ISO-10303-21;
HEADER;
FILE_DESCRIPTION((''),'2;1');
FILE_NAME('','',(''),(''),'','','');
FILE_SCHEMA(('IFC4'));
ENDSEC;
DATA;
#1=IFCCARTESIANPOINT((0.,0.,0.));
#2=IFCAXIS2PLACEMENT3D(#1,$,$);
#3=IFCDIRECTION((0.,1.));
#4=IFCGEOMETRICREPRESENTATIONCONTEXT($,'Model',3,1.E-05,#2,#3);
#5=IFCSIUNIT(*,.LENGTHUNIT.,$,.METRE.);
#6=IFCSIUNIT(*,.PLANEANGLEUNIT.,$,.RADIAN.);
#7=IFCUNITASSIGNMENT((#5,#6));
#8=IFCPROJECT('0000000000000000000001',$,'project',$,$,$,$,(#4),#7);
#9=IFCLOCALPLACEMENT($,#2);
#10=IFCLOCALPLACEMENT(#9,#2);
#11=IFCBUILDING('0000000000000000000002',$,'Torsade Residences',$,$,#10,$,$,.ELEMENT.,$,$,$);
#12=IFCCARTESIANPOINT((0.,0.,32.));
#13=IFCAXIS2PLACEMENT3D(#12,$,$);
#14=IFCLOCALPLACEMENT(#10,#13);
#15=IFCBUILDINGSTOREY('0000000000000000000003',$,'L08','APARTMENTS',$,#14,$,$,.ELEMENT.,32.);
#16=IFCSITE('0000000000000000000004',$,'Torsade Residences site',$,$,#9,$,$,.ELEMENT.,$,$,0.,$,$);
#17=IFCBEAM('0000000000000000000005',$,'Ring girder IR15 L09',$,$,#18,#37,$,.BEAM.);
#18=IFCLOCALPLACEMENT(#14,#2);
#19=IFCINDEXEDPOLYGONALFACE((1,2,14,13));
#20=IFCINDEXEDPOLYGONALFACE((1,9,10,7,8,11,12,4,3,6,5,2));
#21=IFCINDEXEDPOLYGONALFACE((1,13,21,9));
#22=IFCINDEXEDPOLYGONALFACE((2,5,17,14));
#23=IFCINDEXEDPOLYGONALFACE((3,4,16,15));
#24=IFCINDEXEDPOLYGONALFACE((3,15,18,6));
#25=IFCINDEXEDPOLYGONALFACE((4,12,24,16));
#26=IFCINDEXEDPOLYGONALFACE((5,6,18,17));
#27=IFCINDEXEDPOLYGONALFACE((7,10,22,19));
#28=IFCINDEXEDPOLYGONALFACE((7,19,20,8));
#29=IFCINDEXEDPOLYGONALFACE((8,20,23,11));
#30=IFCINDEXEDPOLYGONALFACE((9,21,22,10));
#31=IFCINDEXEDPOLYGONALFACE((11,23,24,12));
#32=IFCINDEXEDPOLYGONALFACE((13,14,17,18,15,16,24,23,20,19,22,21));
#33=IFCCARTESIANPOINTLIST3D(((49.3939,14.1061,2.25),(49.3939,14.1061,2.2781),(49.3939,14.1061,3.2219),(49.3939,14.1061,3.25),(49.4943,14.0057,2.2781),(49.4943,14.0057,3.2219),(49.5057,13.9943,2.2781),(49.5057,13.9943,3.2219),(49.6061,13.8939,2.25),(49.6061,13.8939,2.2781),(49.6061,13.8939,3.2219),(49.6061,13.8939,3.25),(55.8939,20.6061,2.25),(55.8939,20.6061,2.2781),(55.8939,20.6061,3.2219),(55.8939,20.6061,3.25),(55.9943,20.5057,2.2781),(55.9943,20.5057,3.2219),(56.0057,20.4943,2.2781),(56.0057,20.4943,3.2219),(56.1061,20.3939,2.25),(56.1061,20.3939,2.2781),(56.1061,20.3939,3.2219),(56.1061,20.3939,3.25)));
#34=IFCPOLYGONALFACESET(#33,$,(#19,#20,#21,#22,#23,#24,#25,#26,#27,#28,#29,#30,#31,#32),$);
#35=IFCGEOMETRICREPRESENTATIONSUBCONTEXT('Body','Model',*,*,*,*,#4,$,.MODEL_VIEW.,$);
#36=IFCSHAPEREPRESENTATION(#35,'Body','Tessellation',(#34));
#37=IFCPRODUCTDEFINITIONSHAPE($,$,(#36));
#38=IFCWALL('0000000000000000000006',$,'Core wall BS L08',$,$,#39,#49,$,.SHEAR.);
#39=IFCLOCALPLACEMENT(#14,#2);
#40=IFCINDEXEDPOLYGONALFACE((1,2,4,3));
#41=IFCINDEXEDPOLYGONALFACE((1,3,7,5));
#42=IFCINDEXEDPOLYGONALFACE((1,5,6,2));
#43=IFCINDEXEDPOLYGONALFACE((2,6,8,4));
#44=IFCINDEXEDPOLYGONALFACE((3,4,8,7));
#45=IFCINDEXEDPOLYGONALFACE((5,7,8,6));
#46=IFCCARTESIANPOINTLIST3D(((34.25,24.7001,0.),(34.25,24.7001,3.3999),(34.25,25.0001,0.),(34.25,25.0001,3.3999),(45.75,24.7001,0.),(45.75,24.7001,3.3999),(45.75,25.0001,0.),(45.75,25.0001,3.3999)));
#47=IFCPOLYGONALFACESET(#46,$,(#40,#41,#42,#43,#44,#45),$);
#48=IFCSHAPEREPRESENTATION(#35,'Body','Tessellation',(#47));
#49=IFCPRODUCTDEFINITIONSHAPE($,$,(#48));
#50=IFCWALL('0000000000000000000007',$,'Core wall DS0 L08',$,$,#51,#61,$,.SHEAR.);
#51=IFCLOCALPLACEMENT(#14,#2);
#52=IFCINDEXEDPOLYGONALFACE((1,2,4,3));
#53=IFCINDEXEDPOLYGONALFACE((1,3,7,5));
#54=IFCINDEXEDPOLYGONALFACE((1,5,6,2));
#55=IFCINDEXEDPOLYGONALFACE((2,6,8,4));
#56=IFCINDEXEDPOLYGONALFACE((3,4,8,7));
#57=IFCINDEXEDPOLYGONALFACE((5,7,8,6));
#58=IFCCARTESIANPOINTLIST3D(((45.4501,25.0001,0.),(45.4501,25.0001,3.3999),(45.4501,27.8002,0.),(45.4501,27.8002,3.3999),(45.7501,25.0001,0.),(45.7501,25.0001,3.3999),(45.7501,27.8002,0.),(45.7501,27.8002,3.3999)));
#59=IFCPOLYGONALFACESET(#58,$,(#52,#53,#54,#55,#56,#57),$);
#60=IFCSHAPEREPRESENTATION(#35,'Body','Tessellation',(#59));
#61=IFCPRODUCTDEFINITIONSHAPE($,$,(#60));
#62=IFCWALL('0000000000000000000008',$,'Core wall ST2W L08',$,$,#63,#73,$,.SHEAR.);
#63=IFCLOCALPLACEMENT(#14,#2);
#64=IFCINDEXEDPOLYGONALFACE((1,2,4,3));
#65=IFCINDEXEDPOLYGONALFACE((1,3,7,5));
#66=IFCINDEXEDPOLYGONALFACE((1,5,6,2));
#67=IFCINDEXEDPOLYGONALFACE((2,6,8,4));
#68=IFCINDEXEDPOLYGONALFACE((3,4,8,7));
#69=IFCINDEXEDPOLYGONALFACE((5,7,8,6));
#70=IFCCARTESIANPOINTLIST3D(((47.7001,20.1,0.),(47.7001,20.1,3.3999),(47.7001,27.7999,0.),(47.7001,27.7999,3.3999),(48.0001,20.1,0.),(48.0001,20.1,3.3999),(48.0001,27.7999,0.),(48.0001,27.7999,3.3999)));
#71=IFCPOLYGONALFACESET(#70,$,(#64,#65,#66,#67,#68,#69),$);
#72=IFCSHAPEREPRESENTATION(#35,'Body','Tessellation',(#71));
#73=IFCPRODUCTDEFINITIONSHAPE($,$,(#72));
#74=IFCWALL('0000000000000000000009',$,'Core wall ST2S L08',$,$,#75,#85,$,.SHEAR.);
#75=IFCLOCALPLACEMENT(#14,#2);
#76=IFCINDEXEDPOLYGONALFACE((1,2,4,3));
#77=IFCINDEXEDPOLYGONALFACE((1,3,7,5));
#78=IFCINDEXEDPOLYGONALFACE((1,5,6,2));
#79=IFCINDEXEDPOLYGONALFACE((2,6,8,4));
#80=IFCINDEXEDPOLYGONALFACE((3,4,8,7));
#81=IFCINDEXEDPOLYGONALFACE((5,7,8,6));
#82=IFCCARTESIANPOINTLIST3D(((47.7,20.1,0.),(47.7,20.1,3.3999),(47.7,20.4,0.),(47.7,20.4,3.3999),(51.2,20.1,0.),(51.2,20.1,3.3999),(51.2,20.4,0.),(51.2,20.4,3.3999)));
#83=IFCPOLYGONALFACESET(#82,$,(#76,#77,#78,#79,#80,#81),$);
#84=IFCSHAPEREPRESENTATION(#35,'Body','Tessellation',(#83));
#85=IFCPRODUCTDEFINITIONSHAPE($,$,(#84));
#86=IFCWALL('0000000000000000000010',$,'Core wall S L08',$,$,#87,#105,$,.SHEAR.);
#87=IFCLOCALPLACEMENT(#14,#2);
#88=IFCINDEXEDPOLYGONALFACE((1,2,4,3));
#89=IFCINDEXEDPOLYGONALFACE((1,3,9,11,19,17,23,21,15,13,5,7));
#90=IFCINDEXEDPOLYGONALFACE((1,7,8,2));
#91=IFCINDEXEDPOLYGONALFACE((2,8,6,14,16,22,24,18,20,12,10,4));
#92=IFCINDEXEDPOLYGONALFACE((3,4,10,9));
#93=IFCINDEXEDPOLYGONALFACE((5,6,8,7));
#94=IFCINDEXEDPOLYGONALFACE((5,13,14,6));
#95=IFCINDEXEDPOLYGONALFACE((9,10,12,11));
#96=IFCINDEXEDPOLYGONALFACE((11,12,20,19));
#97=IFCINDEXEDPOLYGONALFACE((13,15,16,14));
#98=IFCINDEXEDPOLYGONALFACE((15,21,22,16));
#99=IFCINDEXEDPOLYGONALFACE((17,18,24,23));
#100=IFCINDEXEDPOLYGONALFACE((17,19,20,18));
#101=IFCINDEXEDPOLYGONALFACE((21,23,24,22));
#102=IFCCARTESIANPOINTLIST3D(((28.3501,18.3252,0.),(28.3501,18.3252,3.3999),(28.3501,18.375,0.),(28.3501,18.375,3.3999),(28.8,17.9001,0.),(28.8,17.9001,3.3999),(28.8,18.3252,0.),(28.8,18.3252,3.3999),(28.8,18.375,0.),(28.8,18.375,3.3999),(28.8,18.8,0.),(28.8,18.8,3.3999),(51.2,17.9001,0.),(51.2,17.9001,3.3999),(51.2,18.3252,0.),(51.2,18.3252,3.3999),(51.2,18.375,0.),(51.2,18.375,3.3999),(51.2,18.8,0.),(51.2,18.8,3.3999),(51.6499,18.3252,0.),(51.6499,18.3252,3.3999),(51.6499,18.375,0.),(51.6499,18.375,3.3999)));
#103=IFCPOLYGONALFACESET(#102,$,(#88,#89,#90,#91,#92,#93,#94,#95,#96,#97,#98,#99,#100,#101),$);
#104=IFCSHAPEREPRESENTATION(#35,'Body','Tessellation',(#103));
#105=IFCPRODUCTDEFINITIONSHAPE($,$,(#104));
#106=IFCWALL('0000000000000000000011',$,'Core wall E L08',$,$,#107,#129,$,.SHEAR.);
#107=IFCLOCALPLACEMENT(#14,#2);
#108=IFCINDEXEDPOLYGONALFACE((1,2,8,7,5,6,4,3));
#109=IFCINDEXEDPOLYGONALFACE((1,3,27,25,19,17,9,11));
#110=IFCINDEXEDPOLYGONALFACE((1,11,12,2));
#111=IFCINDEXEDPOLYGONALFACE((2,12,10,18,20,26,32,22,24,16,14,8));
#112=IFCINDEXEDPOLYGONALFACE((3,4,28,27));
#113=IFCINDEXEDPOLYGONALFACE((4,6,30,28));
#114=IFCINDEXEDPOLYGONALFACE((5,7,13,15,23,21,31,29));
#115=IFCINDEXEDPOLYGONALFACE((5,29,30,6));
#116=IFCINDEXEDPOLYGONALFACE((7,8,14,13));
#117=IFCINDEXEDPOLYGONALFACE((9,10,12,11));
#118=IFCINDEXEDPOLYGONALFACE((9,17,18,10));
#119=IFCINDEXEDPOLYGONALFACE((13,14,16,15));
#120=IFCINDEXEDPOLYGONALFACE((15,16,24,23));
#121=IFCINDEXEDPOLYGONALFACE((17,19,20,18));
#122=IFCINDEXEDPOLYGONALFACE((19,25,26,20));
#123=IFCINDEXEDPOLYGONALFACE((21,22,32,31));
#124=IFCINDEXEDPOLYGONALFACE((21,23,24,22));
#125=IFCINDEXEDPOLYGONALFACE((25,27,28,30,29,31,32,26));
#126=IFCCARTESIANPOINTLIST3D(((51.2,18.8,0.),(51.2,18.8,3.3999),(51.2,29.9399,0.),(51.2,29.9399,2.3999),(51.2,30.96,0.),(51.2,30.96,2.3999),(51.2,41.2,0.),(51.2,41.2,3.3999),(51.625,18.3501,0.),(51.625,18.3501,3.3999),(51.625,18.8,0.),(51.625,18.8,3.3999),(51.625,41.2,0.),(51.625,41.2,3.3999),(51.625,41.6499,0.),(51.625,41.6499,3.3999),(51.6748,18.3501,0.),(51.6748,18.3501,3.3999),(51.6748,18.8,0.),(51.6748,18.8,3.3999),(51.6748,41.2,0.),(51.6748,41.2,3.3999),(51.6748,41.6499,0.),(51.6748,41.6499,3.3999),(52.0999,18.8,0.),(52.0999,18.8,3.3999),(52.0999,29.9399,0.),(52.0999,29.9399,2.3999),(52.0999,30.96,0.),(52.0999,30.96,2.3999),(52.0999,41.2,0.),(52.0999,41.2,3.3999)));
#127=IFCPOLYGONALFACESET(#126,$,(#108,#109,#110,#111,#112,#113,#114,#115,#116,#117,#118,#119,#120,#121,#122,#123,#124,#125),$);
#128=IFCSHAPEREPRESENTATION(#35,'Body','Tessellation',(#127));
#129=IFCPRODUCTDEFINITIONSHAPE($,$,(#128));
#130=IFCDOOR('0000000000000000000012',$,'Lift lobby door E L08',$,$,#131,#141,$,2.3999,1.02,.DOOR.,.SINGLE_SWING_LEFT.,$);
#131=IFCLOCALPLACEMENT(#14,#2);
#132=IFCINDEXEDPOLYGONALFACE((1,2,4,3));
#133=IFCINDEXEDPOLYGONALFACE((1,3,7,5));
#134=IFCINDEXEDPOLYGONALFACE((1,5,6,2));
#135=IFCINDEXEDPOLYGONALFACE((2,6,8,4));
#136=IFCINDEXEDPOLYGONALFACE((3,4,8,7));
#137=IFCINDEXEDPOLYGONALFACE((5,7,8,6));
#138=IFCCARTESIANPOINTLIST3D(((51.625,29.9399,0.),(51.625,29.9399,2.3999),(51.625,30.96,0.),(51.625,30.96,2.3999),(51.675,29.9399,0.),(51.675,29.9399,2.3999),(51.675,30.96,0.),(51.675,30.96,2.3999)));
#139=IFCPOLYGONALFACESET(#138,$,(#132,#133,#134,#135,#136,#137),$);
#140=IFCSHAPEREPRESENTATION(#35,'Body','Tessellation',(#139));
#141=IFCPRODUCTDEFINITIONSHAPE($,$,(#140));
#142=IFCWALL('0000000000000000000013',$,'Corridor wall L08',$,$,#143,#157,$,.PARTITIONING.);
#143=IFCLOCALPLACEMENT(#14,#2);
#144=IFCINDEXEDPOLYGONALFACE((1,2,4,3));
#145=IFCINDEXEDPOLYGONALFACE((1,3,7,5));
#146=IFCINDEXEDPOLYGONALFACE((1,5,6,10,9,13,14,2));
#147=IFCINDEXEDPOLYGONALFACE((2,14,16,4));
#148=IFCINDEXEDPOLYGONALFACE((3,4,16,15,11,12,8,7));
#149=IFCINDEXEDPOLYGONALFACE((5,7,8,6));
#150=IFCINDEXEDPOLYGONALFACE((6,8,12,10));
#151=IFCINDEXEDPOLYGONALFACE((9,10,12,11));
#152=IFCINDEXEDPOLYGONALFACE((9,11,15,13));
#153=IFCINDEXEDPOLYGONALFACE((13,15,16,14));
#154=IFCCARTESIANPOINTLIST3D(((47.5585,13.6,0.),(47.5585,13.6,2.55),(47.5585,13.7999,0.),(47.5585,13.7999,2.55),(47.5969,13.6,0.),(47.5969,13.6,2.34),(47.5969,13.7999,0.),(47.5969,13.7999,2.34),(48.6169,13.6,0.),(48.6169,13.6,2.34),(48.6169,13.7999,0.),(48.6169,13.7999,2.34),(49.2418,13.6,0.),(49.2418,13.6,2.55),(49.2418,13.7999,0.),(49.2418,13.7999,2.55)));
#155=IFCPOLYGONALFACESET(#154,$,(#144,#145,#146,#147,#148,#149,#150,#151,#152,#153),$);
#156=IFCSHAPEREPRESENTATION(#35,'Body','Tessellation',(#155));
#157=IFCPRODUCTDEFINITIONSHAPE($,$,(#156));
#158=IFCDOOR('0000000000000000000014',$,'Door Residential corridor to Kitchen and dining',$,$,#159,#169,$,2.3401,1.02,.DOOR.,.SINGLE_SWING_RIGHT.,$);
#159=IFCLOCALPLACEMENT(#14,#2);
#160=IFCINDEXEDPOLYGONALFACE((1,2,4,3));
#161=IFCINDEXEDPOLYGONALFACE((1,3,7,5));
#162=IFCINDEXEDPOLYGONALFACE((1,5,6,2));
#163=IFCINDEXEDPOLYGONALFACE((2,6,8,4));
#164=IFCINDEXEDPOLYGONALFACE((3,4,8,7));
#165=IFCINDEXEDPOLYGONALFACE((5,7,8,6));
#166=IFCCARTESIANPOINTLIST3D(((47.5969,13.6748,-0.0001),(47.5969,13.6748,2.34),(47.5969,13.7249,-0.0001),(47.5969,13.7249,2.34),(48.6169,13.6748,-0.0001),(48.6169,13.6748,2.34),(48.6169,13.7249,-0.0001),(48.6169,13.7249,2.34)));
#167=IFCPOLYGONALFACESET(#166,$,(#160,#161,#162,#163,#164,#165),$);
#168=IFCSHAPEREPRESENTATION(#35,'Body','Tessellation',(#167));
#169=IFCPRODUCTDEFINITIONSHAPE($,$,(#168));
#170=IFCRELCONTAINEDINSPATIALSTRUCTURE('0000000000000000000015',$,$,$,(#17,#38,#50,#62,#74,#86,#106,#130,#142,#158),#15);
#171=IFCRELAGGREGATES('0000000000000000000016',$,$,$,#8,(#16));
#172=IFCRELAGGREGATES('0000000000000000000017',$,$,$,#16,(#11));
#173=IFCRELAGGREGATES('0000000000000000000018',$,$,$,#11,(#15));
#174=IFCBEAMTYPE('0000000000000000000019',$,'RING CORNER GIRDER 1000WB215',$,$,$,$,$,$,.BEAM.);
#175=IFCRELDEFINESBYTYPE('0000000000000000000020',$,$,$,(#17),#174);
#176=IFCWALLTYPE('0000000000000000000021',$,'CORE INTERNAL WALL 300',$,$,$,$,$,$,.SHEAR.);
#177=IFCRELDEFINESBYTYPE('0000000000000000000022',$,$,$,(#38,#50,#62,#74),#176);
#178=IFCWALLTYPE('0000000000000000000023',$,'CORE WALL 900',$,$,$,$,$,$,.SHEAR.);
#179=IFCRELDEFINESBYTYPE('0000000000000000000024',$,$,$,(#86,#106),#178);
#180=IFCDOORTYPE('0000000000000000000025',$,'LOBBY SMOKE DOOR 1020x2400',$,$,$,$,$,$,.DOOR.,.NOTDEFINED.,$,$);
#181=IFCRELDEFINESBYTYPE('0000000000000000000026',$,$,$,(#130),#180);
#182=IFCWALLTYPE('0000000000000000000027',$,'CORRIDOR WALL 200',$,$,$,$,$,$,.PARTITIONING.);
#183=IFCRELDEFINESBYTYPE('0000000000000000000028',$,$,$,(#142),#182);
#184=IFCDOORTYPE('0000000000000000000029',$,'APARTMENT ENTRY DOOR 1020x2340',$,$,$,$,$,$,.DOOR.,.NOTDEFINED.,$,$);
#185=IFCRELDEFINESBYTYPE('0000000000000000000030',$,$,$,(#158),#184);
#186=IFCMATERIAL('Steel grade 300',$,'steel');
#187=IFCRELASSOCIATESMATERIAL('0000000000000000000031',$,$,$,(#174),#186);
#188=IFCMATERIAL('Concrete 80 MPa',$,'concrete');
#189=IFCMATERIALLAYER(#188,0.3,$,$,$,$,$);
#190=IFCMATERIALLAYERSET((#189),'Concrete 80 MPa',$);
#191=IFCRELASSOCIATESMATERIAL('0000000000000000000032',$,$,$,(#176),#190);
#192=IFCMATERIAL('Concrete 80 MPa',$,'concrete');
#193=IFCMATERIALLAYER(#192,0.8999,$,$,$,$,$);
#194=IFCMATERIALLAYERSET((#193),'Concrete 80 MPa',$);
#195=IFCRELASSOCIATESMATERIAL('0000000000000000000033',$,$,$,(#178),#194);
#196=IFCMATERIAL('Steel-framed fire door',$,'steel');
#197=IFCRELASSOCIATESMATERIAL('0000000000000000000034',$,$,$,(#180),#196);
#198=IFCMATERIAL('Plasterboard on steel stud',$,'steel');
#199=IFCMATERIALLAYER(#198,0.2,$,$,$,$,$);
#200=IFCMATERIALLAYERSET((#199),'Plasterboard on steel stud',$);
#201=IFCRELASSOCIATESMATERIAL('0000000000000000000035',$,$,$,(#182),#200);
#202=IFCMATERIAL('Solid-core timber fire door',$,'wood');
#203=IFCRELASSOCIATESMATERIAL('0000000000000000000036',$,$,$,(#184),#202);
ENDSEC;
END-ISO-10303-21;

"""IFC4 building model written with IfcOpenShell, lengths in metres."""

from ifc_helpers import new_model, si_unit, direction, frame, frame_2d, origin, origin_2d, place, context, subcontext, project, spatial, polyline, rectangle, i_section, outline, extrude, material, layer, layer_set, material_profile, profile_set, type_object, element, fill, save


model = new_model("IFC4")

# Units and contexts
model_context = context("Model", 3, precision=1e-05, world=origin(), true_north=direction((0.0, 1.0)))
body_context = subcontext(model_context, "Body", "Model", "MODEL_VIEW")
ifc_project = project(units=[si_unit("LENGTHUNIT", "METRE"), si_unit("PLANEANGLEUNIT", "RADIAN")], contexts=[model_context])

# Site, building, storey
site_placement = place(None, origin())
site = spatial("IfcSite", under=ifc_project, at=site_placement, Name="Torsade Residences site", CompositionType="ELEMENT", RefElevation=0.0)
building_placement = place(site_placement, origin())
building = spatial("IfcBuilding", under=site, at=building_placement, Name="Torsade Residences", CompositionType="ELEMENT")
storey_placement = place(building_placement, frame((0.0, 0.0, 32.0)))
storey = spatial("IfcBuildingStorey", under=building, at=storey_placement, Name="L08", Description="APARTMENTS", CompositionType="ELEMENT", Elevation=32.0)

# Beam
ifc_material_1 = material(Name="Steel grade 300", Category="steel")
ifc_material_profile_1 = material_profile(ifc_material_1, i_section(OverallWidth=0.3, OverallDepth=1.0, WebThickness=0.0161, FlangeThickness=0.0281, at=origin_2d()), Name="1000WB215")
ifc_profile_set_1 = profile_set([ifc_material_profile_1], Name="Steel grade 300")
beam_type_1 = type_object("IfcBeamType", Name="RING CORNER GIRDER 1000WB215", PredefinedType="BEAM", material=ifc_profile_set_1)
beam_1_placement = place(storey_placement, frame((49.5, 14.0, 2.75), z_axis=(0.707107, 0.707107, 0.0), x_axis=(-0.707107, 0.707107, 0.0)))
element("IfcBeam", 1, at=beam_1_placement, inside=storey, type_object=beam_type_1, Name="Ring girder IR15 L09", PredefinedType="BEAM", context=body_context, shape_type="SweptSolid", body=[
    extrude(i_section(OverallWidth=0.3, OverallDepth=1.0, WebThickness=0.0161, FlangeThickness=0.0281, at=origin_2d()), origin(), (0.0, 0.0, 1.0), 9.1924),
])

# Walls
ifc_material_2 = material(Name="Concrete 80 MPa", Category="concrete")
ifc_layer_1 = layer(ifc_material_2, 0.3)
ifc_layer_set_1 = layer_set([ifc_layer_1], Name="Concrete 80 MPa")
wall_type_1 = type_object("IfcWallType", Name="CORE INTERNAL WALL 300", PredefinedType="SHEAR", material=ifc_layer_set_1)
wall_1_placement = place(storey_placement, frame((45.75, 24.8501, 0.0), z_axis=(0.0, 0.0, 1.0), x_axis=(-1.0, 0.0, 0.0)))
element("IfcWall", 2, at=wall_1_placement, inside=storey, type_object=wall_type_1, Name="Core wall BS L08", PredefinedType="SHEAR", context=body_context, shape_type="SweptSolid", body=[
    extrude(rectangle(XDim=11.5, YDim=0.3, at=frame_2d((5.75, 0.0))), origin(), (0.0, 0.0, 1.0), 3.3999),
])
wall_2_placement = place(storey_placement, frame((45.6001, 27.8, 0.0), z_axis=(0.0, 0.0, 1.0), x_axis=(0.0, -1.0, 0.0)))
element("IfcWall", 3, at=wall_2_placement, inside=storey, type_object=wall_type_1, Name="Core wall DS0 L08", PredefinedType="SHEAR", context=body_context, shape_type="SweptSolid", body=[
    extrude(rectangle(XDim=2.8, YDim=0.3, at=frame_2d((1.3999, 0.0))), origin(), (0.0, 0.0, 1.0), 3.3999),
])
wall_3_placement = place(storey_placement, frame((47.8501, 27.8, 0.0), z_axis=(0.0, 0.0, 1.0), x_axis=(0.0, -1.0, 0.0)))
element("IfcWall", 4, at=wall_3_placement, inside=storey, type_object=wall_type_1, Name="Core wall ST2W L08", PredefinedType="SHEAR", context=body_context, shape_type="SweptSolid", body=[
    extrude(rectangle(XDim=7.7, YDim=0.3, at=frame_2d((3.8501, 0.0))), origin(), (0.0, 0.0, 1.0), 3.3999),
])
wall_4_placement = place(storey_placement, frame((51.2, 20.25, 0.0), z_axis=(0.0, 0.0, 1.0), x_axis=(-1.0, 0.0, 0.0)))
element("IfcWall", 5, at=wall_4_placement, inside=storey, type_object=wall_type_1, Name="Core wall ST2S L08", PredefinedType="SHEAR", context=body_context, shape_type="SweptSolid", body=[
    extrude(rectangle(XDim=3.5, YDim=0.3, at=frame_2d((1.75, 0.0))), origin(), (0.0, 0.0, 1.0), 3.3999),
])
ifc_material_3 = material(Name="Concrete 80 MPa", Category="concrete")
ifc_layer_2 = layer(ifc_material_3, 0.8999)
ifc_layer_set_2 = layer_set([ifc_layer_2], Name="Concrete 80 MPa")
wall_type_2 = type_object("IfcWallType", Name="CORE WALL 900", PredefinedType="SHEAR", material=ifc_layer_set_2)
wall_5_placement = place(storey_placement, frame((51.2, 18.3501, 0.0), z_axis=(0.0, 0.0, 1.0), x_axis=(-1.0, 0.0, 0.0)))
element("IfcWall", 6, at=wall_5_placement, inside=storey, type_object=wall_type_2, Name="Core wall S L08", PredefinedType="SHEAR", context=body_context, shape_type="SweptSolid", body=[
    extrude(outline(polyline([(0.0, -0.45), (22.3999, -0.45), (22.3999, -0.0249), (22.8499, -0.0249), (22.8499, 0.0249), (22.3999, 0.0249), (22.3999, 0.45), (0.0, 0.45), (0.0, 0.0249), (-0.45, 0.0249), (-0.45, -0.0249), (0.0, -0.0249), (0.0, -0.45)])), origin(), (0.0, 0.0, 1.0), 3.3999),
])

# Walls, openings, doors
wall_6_placement = place(storey_placement, frame((51.6499, 18.8, 0.0), z_axis=(0.0, 0.0, 1.0), x_axis=(0.0, 1.0, 0.0)))
wall_6 = element("IfcWall", 7, at=wall_6_placement, inside=storey, type_object=wall_type_2, Name="Core wall E L08", PredefinedType="SHEAR", context=body_context, shape_type="SweptSolid", body=[
    extrude(outline(polyline([(0.0, -0.45), (22.3999, -0.45), (22.3999, -0.0249), (22.8499, -0.0249), (22.8499, 0.0249), (22.3999, 0.0249), (22.3999, 0.45), (0.0, 0.45), (0.0, 0.0249), (-0.45, 0.0249), (-0.45, -0.0249), (0.0, -0.0249), (0.0, -0.45)])), origin(), (0.0, 0.0, 1.0), 3.3999),
])
opening_1_placement = place(wall_6_placement, frame((11.1399, 0.0, 0.0)))
opening_1 = element("IfcOpeningElement", 8, at=opening_1_placement, cuts=wall_6, PredefinedType="OPENING", context=body_context, shape_type="SweptSolid", body=[
    extrude(rectangle(XDim=1.02, YDim=2.3999, at=frame_2d((0.51, 1.2))), frame((0.0, 0.46, 0.0), z_axis=(0.0, -1.0, 0.0), x_axis=(1.0, 0.0, 0.0)), (0.0, 0.0, 1.0), 0.9199),
])
ifc_material_4 = material(Name="Steel-framed fire door", Category="steel")
door_type_1 = type_object("IfcDoorType", Name="LOBBY SMOKE DOOR 1020x2400", OperationType="NOTDEFINED", PredefinedType="DOOR", material=ifc_material_4)
door_1_placement = place(opening_1_placement, origin())
door_1 = element("IfcDoor", 9, at=door_1_placement, inside=storey, type_object=door_type_1, Name="Lift lobby door E L08", OperationType="SINGLE_SWING_LEFT", OverallHeight=2.3999, OverallWidth=1.02, PredefinedType="DOOR", context=body_context, shape_type="SweptSolid", body=[
    extrude(rectangle(XDim=1.02, YDim=2.3999, at=frame_2d((0.51, 1.2))), frame((0.0, 0.0249, 0.0), z_axis=(0.0, -1.0, 0.0), x_axis=(1.0, 0.0, 0.0)), (0.0, 0.0, 1.0), 0.05),
])
fill(opening_1, door_1)
ifc_material_5 = material(Name="Plasterboard on steel stud", Category="steel")
ifc_layer_3 = layer(ifc_material_5, 0.2)
ifc_layer_set_3 = layer_set([ifc_layer_3], Name="Plasterboard on steel stud")
wall_type_3 = type_object("IfcWallType", Name="CORRIDOR WALL 200", PredefinedType="PARTITIONING", material=ifc_layer_set_3)
wall_7_placement = place(storey_placement, frame((47.5583, 13.7, 0.0), z_axis=(0.0, 0.0, 1.0), x_axis=(1.0, 0.0, 0.0)))
wall_7 = element("IfcWall", 10, at=wall_7_placement, inside=storey, type_object=wall_type_3, Name="Corridor wall L08", PredefinedType="PARTITIONING", context=body_context, shape_type="SweptSolid", body=[
    extrude(rectangle(XDim=1.6833, YDim=0.2, at=frame_2d((0.8418, 0.0))), origin(), (0.0, 0.0, 1.0), 2.55),
])
opening_2_placement = place(wall_7_placement, frame((0.0386, 0.0, 0.0)))
opening_2 = element("IfcOpeningElement", 11, at=opening_2_placement, cuts=wall_7, PredefinedType="OPENING", context=body_context, shape_type="SweptSolid", body=[
    extrude(rectangle(XDim=1.02, YDim=2.3401, at=frame_2d((0.51, 1.1699))), frame((0.0, 0.1099, 0.0), z_axis=(0.0, -1.0, 0.0), x_axis=(1.0, 0.0, 0.0)), (0.0, 0.0, 1.0), 0.22),
])
ifc_material_6 = material(Name="Solid-core timber fire door", Category="wood")
door_type_2 = type_object("IfcDoorType", Name="APARTMENT ENTRY DOOR 1020x2340", OperationType="NOTDEFINED", PredefinedType="DOOR", material=ifc_material_6)
door_2_placement = place(opening_2_placement, origin())
door_2 = element("IfcDoor", 12, at=door_2_placement, inside=storey, type_object=door_type_2, Name="Door Residential corridor to Kitchen and dining", OperationType="SINGLE_SWING_RIGHT", OverallHeight=2.3401, OverallWidth=1.02, PredefinedType="DOOR", context=body_context, shape_type="SweptSolid", body=[
    extrude(rectangle(XDim=1.02, YDim=2.3401, at=frame_2d((0.51, 1.1699))), frame((0.0, 0.0249, 0.0), z_axis=(0.0, -1.0, 0.0), x_axis=(1.0, 0.0, 0.0)), (0.0, 0.0, 1.0), 0.05),
])
fill(opening_2, door_2)

save(model, "model.ifc")
